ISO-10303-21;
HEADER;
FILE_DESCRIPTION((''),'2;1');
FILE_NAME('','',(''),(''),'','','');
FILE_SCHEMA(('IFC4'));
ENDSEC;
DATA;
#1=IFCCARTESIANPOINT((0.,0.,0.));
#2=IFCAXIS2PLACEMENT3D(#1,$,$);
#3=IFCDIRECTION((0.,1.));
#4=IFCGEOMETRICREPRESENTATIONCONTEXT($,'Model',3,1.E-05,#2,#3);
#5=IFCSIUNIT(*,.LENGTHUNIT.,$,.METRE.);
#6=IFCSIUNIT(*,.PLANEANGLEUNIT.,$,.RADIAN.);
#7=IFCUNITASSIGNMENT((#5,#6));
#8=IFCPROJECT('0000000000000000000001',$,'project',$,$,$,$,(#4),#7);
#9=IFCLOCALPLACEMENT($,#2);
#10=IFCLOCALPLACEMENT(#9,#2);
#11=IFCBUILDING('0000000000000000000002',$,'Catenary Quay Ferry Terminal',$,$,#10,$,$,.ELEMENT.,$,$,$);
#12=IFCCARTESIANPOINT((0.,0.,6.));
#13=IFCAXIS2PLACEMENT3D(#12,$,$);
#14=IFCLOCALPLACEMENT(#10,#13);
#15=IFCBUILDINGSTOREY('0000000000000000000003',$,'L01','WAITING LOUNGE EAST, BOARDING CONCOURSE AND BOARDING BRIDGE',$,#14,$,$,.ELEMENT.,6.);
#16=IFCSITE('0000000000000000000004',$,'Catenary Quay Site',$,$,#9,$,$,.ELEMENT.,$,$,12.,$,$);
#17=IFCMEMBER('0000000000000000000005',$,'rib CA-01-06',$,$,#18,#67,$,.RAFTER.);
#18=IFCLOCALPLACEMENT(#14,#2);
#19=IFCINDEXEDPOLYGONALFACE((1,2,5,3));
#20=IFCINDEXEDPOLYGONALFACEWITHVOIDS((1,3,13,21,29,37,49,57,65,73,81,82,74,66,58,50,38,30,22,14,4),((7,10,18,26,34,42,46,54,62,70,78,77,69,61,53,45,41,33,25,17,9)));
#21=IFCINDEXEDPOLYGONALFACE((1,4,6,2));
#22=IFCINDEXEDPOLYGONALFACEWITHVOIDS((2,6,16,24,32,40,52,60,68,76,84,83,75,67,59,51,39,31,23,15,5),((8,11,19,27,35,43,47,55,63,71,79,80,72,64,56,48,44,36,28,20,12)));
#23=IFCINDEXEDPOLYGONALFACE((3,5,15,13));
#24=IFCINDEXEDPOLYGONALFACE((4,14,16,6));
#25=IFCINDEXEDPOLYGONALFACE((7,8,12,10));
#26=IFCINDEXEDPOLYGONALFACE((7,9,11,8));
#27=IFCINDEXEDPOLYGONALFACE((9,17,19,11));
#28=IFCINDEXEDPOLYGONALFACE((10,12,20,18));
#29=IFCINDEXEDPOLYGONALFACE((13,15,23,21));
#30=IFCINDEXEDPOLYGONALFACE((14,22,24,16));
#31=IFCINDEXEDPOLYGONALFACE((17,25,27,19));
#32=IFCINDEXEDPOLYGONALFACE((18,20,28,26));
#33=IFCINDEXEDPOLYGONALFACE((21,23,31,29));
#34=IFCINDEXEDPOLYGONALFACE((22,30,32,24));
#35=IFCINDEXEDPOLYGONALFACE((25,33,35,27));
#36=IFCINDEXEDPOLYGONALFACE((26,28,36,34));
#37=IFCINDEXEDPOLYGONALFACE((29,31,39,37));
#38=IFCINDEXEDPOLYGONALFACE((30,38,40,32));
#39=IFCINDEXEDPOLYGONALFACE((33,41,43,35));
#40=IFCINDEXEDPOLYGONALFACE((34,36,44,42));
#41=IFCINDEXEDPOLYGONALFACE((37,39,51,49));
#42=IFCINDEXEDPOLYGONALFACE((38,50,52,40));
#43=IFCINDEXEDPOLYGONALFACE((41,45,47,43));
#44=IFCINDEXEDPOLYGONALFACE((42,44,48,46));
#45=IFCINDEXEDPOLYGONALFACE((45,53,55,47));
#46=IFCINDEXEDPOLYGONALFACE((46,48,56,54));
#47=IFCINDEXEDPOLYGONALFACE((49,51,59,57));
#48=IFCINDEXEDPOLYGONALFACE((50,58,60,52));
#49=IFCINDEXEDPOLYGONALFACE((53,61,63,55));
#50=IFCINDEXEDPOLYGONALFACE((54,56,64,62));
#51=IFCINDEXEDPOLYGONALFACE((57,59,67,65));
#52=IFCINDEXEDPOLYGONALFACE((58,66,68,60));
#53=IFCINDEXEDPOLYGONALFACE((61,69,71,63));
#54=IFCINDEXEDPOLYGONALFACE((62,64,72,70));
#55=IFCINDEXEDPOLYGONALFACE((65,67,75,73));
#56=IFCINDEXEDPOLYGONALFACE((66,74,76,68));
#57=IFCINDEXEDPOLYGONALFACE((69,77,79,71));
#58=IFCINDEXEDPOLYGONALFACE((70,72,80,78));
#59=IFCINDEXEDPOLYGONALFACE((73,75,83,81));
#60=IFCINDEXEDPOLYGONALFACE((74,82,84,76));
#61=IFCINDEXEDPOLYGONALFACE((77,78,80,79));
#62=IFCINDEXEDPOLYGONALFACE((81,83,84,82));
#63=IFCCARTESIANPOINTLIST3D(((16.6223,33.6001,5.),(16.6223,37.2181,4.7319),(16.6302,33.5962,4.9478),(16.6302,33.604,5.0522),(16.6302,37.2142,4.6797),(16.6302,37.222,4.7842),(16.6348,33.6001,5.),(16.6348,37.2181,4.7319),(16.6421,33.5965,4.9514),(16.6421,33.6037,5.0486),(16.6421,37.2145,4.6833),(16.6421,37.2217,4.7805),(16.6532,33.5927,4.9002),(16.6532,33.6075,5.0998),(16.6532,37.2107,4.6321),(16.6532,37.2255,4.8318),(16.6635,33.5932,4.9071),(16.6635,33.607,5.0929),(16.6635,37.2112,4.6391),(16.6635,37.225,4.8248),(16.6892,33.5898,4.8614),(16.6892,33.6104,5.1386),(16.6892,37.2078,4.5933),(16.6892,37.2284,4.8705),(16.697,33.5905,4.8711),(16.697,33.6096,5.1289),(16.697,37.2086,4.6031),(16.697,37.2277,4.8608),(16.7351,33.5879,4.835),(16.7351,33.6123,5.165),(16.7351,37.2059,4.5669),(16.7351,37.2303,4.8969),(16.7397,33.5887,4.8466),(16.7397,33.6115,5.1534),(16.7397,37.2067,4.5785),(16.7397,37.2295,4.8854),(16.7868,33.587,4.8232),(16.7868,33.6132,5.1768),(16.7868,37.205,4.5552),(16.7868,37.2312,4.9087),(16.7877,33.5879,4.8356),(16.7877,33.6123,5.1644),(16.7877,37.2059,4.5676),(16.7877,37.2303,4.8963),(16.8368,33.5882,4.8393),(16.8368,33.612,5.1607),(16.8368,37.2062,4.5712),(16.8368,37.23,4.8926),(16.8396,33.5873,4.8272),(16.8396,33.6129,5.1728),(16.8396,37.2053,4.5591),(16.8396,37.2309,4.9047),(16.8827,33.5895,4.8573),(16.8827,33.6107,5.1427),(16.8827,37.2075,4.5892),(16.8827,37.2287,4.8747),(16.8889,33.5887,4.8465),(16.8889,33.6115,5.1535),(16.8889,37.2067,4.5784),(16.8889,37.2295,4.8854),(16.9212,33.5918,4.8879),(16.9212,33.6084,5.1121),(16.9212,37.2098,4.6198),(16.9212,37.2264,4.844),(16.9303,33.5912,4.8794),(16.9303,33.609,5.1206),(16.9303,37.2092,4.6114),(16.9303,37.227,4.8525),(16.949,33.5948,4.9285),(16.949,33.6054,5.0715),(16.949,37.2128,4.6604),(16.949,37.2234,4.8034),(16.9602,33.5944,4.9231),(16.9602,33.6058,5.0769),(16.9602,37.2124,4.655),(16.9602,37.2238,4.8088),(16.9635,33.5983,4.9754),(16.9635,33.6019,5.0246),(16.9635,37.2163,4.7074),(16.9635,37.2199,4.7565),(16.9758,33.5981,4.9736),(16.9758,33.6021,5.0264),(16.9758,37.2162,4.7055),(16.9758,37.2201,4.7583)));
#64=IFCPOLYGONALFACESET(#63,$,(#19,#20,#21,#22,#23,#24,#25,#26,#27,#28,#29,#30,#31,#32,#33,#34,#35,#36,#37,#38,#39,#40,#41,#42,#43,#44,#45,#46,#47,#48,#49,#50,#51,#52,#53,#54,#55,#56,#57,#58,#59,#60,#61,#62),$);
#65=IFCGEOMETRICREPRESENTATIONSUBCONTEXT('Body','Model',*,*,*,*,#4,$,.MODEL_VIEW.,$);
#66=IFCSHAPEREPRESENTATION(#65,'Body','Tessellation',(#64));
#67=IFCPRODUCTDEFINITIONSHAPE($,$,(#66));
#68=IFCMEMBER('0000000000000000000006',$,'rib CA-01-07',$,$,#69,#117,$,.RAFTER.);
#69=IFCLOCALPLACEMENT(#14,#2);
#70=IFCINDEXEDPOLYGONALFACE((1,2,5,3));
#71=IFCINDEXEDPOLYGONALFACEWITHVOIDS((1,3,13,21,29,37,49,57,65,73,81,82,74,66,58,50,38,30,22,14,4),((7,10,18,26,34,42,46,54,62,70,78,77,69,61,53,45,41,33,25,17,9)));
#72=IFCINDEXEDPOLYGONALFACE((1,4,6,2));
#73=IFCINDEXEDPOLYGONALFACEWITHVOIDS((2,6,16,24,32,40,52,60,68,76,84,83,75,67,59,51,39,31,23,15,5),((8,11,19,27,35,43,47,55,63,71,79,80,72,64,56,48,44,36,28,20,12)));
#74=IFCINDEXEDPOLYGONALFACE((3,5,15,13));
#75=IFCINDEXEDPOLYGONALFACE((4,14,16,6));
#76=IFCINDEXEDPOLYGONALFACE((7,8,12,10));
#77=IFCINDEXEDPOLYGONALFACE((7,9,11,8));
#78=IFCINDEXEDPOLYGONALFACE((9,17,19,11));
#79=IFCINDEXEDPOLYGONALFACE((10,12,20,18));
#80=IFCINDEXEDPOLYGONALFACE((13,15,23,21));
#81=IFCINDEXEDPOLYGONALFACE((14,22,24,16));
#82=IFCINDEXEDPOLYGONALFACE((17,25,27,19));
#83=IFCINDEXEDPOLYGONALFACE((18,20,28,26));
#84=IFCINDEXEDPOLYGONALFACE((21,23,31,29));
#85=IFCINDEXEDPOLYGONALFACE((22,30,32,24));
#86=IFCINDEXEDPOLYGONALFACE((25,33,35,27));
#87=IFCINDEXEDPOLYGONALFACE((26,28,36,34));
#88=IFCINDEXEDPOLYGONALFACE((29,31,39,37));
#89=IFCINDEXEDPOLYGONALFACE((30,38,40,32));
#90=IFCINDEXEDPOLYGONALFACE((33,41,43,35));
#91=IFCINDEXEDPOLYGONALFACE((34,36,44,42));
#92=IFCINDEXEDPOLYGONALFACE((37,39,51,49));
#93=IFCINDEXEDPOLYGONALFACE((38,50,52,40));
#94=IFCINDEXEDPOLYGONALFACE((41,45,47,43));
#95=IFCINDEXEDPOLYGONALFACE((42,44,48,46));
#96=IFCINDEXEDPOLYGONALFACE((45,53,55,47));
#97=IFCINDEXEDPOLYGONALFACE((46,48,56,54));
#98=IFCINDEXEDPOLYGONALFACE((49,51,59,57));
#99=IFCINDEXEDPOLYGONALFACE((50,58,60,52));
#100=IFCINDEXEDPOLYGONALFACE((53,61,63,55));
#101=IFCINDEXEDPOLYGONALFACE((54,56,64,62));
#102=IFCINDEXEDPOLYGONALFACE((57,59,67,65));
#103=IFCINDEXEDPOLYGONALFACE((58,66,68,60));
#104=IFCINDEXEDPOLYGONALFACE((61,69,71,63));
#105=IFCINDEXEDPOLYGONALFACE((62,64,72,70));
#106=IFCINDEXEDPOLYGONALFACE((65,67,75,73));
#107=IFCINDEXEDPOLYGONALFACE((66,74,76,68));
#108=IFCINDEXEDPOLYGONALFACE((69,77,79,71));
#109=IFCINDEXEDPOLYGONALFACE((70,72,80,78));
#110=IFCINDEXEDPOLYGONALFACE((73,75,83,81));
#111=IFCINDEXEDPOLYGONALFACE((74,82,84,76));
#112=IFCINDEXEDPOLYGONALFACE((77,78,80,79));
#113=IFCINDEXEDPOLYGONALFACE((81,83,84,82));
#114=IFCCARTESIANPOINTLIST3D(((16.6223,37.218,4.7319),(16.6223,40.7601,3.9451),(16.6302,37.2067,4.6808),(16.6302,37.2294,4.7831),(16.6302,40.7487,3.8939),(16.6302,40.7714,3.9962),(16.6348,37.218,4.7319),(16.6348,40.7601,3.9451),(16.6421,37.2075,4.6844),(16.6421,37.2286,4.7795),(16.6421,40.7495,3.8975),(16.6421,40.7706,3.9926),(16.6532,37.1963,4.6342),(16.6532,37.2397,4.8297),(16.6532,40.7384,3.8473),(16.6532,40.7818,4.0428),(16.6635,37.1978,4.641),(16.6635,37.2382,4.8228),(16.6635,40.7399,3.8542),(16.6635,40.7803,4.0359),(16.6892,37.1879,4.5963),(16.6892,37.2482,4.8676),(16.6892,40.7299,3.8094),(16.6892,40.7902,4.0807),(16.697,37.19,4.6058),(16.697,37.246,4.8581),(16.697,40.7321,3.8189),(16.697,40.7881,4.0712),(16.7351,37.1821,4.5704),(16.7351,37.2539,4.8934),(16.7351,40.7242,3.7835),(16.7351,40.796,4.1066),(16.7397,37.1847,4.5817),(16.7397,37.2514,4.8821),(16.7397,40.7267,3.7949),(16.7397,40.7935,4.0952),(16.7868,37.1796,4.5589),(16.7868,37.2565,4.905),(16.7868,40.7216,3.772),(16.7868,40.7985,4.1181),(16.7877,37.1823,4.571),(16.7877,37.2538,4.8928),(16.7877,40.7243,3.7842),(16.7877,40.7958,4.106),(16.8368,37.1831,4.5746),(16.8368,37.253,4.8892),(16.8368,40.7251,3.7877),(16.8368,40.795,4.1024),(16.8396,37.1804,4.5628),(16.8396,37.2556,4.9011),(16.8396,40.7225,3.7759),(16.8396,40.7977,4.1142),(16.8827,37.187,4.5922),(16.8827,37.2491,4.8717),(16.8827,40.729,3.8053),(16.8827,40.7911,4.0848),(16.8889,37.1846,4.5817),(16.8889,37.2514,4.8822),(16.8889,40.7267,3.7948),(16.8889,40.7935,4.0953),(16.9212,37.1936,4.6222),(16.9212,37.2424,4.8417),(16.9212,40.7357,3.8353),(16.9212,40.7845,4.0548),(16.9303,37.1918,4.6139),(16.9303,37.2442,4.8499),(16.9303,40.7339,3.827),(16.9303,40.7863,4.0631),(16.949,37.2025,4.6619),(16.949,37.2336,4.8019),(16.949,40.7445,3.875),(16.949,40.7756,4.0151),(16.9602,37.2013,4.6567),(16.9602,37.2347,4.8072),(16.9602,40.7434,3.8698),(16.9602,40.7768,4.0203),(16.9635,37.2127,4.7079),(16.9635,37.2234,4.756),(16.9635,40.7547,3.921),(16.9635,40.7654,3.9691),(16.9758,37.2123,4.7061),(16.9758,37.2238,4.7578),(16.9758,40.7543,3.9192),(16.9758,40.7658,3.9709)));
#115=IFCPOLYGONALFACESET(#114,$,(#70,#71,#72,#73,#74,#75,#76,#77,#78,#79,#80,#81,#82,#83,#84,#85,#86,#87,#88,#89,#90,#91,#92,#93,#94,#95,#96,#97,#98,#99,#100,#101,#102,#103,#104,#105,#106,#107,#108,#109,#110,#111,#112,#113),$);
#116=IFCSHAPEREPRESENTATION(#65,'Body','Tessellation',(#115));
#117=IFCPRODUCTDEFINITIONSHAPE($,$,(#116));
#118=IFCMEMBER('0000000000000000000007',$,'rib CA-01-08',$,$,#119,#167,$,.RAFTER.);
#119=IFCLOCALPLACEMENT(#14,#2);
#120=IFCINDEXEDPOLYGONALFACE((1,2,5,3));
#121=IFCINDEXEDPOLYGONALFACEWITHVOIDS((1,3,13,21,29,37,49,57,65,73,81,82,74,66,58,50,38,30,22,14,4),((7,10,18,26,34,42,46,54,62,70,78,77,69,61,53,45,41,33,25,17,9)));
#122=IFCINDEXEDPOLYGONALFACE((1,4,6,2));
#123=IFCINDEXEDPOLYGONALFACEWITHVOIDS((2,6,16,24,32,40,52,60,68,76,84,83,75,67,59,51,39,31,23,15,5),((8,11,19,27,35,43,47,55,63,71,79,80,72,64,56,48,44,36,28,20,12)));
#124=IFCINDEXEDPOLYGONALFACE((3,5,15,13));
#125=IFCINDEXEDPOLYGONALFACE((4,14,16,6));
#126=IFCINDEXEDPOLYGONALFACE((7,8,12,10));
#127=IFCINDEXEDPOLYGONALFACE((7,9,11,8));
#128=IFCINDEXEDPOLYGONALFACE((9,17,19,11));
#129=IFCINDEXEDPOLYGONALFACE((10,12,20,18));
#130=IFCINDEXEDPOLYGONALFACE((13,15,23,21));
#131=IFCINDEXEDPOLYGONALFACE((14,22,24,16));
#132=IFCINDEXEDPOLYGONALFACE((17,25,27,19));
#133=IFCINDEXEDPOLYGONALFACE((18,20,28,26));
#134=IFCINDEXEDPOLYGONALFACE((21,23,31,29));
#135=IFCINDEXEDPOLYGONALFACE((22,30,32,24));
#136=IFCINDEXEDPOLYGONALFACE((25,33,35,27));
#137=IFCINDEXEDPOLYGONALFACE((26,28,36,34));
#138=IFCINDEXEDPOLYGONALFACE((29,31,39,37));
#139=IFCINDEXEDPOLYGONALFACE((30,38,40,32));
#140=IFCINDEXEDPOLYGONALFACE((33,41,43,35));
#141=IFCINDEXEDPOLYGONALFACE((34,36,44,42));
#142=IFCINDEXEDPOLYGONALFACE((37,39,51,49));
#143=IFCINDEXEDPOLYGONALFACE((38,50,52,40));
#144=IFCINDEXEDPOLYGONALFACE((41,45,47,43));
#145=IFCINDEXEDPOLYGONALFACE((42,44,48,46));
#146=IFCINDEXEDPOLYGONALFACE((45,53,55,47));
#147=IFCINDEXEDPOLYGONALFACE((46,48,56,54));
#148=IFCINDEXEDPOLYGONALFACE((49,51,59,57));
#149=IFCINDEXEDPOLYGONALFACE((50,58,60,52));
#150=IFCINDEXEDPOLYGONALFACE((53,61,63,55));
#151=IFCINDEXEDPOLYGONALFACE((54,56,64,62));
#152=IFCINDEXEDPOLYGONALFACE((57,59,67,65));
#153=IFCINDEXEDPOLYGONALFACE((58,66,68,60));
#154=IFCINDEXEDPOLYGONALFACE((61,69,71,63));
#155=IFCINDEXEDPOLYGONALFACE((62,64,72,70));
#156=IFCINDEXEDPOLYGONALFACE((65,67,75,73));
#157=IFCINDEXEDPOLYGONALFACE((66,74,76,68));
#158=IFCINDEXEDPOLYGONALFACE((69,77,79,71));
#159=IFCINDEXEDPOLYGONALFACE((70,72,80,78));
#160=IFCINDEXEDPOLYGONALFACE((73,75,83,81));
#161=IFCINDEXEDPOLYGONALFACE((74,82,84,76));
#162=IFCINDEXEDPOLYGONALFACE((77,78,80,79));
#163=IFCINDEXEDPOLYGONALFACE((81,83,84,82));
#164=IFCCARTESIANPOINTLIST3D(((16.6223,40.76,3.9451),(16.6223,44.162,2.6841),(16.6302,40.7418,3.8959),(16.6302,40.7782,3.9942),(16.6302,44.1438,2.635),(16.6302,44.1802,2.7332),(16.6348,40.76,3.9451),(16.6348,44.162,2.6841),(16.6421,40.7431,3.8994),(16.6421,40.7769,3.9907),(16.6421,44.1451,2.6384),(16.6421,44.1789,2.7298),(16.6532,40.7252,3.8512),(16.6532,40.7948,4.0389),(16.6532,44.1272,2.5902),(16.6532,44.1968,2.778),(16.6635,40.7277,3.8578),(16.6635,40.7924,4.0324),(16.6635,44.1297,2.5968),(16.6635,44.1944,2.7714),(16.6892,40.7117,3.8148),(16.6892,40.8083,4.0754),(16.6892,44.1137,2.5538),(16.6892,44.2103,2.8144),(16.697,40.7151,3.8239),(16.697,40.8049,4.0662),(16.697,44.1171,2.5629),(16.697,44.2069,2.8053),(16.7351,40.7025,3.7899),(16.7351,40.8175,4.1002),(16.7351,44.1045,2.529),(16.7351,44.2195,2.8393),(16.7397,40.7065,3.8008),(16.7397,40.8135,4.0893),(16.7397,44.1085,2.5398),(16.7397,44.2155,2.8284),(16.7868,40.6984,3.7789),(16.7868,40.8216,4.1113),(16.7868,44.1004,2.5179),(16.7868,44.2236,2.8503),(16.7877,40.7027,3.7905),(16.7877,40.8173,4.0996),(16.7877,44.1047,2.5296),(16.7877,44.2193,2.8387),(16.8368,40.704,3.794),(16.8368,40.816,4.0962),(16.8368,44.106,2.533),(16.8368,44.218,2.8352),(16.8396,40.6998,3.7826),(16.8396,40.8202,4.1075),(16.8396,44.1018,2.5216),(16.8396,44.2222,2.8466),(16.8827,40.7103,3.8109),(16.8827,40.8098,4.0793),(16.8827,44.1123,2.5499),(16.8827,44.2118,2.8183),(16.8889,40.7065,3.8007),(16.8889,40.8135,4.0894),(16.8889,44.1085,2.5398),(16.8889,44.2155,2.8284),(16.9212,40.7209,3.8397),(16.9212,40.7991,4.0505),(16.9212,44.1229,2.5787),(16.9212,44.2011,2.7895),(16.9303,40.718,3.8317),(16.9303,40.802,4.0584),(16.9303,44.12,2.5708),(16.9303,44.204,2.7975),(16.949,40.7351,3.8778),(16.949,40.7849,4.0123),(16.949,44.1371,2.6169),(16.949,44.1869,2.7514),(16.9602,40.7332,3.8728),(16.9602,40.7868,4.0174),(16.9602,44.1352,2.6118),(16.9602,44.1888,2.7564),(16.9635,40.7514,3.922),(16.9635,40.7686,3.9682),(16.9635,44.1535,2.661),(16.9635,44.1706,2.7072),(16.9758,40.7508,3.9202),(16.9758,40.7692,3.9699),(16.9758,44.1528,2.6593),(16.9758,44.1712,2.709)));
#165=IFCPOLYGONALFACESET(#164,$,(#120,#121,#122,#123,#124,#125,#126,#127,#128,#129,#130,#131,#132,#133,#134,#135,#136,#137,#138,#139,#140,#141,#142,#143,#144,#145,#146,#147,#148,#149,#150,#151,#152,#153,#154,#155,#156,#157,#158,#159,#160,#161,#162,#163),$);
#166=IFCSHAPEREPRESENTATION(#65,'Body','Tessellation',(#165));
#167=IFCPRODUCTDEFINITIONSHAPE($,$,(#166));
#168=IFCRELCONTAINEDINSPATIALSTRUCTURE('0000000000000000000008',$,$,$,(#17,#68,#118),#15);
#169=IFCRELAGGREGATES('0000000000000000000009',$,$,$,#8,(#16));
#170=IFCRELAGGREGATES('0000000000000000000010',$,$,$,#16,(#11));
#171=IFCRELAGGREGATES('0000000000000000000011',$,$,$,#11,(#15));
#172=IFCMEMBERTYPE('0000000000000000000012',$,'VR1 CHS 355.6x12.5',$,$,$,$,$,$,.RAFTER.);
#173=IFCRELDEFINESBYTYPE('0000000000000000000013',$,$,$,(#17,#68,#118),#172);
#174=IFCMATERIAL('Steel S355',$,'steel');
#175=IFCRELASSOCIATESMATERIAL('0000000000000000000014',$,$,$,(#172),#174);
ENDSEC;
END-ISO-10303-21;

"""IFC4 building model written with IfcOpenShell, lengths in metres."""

from ifc_helpers import new_model, si_unit, direction, frame, origin, origin_2d, place, context, subcontext, project, spatial, hollow_circle, extrude, material, material_profile, profile_set, type_object, element, save


model = new_model("IFC4")

# Units and contexts
model_context = context("Model", 3, precision=1e-05, world=origin(), true_north=direction((0.0, 1.0)))
body_context = subcontext(model_context, "Body", "Model", "MODEL_VIEW")
ifc_project = project(units=[si_unit("LENGTHUNIT", "METRE"), si_unit("PLANEANGLEUNIT", "RADIAN")], contexts=[model_context])

# Site, building, storey
site_placement = place(None, origin())
site = spatial("IfcSite", under=ifc_project, at=site_placement, Name="Catenary Quay Site", CompositionType="ELEMENT", RefElevation=12.0)
building_placement = place(site_placement, origin())
building = spatial("IfcBuilding", under=site, at=building_placement, Name="Catenary Quay Ferry Terminal", CompositionType="ELEMENT")
storey_placement = place(building_placement, frame((0.0, 0.0, 6.0)))
storey = spatial("IfcBuildingStorey", under=building, at=storey_placement, Name="L01", Description="WAITING LOUNGE EAST, BOARDING CONCOURSE AND BOARDING BRIDGE", CompositionType="ELEMENT", Elevation=6.0)

# Members
ifc_material_1 = material(Name="Steel S355", Category="steel")
ifc_material_profile_1 = material_profile(ifc_material_1, hollow_circle(Radius=0.1777, WallThickness=0.0125, at=origin_2d()), Name="CHS 355.6x12.5")
ifc_profile_set_1 = profile_set([ifc_material_profile_1], Name="Steel S355")
member_type_1 = type_object("IfcMemberType", Name="VR1 CHS 355.6x12.5", PredefinedType="RAFTER", material=ifc_profile_set_1)
member_1_placement = place(storey_placement, frame((16.8, 33.6001, 5.0), z_axis=(0.0, 0.997266, -0.073892), x_axis=(-1.0, 0.0, 0.0)))
element("IfcMember", 1, at=member_1_placement, inside=storey, type_object=member_type_1, Name="rib CA-01-06", PredefinedType="RAFTER", context=body_context, shape_type="SweptSolid", body=[
    extrude(hollow_circle(Radius=0.1777, WallThickness=0.0125, at=origin_2d()), origin(), (0.0, 0.0, 1.0), 3.6279),
])
member_2_placement = place(storey_placement, frame((16.8, 37.218, 4.7319), z_axis=(0.0, 0.976201, -0.216866), x_axis=(-1.0, 0.0, 0.0)))
element("IfcMember", 2, at=member_2_placement, inside=storey, type_object=member_type_1, Name="rib CA-01-07", PredefinedType="RAFTER", context=body_context, shape_type="SweptSolid", body=[
    extrude(hollow_circle(Radius=0.1777, WallThickness=0.0125, at=origin_2d()), origin(), (0.0, 0.0, 1.0), 3.6284),
])
member_3_placement = place(storey_placement, frame((16.8, 40.76, 3.9451), z_axis=(0.0, 0.937664, -0.347544), x_axis=(-1.0, 0.0, 0.0)))
element("IfcMember", 3, at=member_3_placement, inside=storey, type_object=member_type_1, Name="rib CA-01-08", PredefinedType="RAFTER", context=body_context, shape_type="SweptSolid", body=[
    extrude(hollow_circle(Radius=0.1777, WallThickness=0.0125, at=origin_2d()), origin(), (0.0, 0.0, 1.0), 3.6282),
])

save(model, "model.ifc")
